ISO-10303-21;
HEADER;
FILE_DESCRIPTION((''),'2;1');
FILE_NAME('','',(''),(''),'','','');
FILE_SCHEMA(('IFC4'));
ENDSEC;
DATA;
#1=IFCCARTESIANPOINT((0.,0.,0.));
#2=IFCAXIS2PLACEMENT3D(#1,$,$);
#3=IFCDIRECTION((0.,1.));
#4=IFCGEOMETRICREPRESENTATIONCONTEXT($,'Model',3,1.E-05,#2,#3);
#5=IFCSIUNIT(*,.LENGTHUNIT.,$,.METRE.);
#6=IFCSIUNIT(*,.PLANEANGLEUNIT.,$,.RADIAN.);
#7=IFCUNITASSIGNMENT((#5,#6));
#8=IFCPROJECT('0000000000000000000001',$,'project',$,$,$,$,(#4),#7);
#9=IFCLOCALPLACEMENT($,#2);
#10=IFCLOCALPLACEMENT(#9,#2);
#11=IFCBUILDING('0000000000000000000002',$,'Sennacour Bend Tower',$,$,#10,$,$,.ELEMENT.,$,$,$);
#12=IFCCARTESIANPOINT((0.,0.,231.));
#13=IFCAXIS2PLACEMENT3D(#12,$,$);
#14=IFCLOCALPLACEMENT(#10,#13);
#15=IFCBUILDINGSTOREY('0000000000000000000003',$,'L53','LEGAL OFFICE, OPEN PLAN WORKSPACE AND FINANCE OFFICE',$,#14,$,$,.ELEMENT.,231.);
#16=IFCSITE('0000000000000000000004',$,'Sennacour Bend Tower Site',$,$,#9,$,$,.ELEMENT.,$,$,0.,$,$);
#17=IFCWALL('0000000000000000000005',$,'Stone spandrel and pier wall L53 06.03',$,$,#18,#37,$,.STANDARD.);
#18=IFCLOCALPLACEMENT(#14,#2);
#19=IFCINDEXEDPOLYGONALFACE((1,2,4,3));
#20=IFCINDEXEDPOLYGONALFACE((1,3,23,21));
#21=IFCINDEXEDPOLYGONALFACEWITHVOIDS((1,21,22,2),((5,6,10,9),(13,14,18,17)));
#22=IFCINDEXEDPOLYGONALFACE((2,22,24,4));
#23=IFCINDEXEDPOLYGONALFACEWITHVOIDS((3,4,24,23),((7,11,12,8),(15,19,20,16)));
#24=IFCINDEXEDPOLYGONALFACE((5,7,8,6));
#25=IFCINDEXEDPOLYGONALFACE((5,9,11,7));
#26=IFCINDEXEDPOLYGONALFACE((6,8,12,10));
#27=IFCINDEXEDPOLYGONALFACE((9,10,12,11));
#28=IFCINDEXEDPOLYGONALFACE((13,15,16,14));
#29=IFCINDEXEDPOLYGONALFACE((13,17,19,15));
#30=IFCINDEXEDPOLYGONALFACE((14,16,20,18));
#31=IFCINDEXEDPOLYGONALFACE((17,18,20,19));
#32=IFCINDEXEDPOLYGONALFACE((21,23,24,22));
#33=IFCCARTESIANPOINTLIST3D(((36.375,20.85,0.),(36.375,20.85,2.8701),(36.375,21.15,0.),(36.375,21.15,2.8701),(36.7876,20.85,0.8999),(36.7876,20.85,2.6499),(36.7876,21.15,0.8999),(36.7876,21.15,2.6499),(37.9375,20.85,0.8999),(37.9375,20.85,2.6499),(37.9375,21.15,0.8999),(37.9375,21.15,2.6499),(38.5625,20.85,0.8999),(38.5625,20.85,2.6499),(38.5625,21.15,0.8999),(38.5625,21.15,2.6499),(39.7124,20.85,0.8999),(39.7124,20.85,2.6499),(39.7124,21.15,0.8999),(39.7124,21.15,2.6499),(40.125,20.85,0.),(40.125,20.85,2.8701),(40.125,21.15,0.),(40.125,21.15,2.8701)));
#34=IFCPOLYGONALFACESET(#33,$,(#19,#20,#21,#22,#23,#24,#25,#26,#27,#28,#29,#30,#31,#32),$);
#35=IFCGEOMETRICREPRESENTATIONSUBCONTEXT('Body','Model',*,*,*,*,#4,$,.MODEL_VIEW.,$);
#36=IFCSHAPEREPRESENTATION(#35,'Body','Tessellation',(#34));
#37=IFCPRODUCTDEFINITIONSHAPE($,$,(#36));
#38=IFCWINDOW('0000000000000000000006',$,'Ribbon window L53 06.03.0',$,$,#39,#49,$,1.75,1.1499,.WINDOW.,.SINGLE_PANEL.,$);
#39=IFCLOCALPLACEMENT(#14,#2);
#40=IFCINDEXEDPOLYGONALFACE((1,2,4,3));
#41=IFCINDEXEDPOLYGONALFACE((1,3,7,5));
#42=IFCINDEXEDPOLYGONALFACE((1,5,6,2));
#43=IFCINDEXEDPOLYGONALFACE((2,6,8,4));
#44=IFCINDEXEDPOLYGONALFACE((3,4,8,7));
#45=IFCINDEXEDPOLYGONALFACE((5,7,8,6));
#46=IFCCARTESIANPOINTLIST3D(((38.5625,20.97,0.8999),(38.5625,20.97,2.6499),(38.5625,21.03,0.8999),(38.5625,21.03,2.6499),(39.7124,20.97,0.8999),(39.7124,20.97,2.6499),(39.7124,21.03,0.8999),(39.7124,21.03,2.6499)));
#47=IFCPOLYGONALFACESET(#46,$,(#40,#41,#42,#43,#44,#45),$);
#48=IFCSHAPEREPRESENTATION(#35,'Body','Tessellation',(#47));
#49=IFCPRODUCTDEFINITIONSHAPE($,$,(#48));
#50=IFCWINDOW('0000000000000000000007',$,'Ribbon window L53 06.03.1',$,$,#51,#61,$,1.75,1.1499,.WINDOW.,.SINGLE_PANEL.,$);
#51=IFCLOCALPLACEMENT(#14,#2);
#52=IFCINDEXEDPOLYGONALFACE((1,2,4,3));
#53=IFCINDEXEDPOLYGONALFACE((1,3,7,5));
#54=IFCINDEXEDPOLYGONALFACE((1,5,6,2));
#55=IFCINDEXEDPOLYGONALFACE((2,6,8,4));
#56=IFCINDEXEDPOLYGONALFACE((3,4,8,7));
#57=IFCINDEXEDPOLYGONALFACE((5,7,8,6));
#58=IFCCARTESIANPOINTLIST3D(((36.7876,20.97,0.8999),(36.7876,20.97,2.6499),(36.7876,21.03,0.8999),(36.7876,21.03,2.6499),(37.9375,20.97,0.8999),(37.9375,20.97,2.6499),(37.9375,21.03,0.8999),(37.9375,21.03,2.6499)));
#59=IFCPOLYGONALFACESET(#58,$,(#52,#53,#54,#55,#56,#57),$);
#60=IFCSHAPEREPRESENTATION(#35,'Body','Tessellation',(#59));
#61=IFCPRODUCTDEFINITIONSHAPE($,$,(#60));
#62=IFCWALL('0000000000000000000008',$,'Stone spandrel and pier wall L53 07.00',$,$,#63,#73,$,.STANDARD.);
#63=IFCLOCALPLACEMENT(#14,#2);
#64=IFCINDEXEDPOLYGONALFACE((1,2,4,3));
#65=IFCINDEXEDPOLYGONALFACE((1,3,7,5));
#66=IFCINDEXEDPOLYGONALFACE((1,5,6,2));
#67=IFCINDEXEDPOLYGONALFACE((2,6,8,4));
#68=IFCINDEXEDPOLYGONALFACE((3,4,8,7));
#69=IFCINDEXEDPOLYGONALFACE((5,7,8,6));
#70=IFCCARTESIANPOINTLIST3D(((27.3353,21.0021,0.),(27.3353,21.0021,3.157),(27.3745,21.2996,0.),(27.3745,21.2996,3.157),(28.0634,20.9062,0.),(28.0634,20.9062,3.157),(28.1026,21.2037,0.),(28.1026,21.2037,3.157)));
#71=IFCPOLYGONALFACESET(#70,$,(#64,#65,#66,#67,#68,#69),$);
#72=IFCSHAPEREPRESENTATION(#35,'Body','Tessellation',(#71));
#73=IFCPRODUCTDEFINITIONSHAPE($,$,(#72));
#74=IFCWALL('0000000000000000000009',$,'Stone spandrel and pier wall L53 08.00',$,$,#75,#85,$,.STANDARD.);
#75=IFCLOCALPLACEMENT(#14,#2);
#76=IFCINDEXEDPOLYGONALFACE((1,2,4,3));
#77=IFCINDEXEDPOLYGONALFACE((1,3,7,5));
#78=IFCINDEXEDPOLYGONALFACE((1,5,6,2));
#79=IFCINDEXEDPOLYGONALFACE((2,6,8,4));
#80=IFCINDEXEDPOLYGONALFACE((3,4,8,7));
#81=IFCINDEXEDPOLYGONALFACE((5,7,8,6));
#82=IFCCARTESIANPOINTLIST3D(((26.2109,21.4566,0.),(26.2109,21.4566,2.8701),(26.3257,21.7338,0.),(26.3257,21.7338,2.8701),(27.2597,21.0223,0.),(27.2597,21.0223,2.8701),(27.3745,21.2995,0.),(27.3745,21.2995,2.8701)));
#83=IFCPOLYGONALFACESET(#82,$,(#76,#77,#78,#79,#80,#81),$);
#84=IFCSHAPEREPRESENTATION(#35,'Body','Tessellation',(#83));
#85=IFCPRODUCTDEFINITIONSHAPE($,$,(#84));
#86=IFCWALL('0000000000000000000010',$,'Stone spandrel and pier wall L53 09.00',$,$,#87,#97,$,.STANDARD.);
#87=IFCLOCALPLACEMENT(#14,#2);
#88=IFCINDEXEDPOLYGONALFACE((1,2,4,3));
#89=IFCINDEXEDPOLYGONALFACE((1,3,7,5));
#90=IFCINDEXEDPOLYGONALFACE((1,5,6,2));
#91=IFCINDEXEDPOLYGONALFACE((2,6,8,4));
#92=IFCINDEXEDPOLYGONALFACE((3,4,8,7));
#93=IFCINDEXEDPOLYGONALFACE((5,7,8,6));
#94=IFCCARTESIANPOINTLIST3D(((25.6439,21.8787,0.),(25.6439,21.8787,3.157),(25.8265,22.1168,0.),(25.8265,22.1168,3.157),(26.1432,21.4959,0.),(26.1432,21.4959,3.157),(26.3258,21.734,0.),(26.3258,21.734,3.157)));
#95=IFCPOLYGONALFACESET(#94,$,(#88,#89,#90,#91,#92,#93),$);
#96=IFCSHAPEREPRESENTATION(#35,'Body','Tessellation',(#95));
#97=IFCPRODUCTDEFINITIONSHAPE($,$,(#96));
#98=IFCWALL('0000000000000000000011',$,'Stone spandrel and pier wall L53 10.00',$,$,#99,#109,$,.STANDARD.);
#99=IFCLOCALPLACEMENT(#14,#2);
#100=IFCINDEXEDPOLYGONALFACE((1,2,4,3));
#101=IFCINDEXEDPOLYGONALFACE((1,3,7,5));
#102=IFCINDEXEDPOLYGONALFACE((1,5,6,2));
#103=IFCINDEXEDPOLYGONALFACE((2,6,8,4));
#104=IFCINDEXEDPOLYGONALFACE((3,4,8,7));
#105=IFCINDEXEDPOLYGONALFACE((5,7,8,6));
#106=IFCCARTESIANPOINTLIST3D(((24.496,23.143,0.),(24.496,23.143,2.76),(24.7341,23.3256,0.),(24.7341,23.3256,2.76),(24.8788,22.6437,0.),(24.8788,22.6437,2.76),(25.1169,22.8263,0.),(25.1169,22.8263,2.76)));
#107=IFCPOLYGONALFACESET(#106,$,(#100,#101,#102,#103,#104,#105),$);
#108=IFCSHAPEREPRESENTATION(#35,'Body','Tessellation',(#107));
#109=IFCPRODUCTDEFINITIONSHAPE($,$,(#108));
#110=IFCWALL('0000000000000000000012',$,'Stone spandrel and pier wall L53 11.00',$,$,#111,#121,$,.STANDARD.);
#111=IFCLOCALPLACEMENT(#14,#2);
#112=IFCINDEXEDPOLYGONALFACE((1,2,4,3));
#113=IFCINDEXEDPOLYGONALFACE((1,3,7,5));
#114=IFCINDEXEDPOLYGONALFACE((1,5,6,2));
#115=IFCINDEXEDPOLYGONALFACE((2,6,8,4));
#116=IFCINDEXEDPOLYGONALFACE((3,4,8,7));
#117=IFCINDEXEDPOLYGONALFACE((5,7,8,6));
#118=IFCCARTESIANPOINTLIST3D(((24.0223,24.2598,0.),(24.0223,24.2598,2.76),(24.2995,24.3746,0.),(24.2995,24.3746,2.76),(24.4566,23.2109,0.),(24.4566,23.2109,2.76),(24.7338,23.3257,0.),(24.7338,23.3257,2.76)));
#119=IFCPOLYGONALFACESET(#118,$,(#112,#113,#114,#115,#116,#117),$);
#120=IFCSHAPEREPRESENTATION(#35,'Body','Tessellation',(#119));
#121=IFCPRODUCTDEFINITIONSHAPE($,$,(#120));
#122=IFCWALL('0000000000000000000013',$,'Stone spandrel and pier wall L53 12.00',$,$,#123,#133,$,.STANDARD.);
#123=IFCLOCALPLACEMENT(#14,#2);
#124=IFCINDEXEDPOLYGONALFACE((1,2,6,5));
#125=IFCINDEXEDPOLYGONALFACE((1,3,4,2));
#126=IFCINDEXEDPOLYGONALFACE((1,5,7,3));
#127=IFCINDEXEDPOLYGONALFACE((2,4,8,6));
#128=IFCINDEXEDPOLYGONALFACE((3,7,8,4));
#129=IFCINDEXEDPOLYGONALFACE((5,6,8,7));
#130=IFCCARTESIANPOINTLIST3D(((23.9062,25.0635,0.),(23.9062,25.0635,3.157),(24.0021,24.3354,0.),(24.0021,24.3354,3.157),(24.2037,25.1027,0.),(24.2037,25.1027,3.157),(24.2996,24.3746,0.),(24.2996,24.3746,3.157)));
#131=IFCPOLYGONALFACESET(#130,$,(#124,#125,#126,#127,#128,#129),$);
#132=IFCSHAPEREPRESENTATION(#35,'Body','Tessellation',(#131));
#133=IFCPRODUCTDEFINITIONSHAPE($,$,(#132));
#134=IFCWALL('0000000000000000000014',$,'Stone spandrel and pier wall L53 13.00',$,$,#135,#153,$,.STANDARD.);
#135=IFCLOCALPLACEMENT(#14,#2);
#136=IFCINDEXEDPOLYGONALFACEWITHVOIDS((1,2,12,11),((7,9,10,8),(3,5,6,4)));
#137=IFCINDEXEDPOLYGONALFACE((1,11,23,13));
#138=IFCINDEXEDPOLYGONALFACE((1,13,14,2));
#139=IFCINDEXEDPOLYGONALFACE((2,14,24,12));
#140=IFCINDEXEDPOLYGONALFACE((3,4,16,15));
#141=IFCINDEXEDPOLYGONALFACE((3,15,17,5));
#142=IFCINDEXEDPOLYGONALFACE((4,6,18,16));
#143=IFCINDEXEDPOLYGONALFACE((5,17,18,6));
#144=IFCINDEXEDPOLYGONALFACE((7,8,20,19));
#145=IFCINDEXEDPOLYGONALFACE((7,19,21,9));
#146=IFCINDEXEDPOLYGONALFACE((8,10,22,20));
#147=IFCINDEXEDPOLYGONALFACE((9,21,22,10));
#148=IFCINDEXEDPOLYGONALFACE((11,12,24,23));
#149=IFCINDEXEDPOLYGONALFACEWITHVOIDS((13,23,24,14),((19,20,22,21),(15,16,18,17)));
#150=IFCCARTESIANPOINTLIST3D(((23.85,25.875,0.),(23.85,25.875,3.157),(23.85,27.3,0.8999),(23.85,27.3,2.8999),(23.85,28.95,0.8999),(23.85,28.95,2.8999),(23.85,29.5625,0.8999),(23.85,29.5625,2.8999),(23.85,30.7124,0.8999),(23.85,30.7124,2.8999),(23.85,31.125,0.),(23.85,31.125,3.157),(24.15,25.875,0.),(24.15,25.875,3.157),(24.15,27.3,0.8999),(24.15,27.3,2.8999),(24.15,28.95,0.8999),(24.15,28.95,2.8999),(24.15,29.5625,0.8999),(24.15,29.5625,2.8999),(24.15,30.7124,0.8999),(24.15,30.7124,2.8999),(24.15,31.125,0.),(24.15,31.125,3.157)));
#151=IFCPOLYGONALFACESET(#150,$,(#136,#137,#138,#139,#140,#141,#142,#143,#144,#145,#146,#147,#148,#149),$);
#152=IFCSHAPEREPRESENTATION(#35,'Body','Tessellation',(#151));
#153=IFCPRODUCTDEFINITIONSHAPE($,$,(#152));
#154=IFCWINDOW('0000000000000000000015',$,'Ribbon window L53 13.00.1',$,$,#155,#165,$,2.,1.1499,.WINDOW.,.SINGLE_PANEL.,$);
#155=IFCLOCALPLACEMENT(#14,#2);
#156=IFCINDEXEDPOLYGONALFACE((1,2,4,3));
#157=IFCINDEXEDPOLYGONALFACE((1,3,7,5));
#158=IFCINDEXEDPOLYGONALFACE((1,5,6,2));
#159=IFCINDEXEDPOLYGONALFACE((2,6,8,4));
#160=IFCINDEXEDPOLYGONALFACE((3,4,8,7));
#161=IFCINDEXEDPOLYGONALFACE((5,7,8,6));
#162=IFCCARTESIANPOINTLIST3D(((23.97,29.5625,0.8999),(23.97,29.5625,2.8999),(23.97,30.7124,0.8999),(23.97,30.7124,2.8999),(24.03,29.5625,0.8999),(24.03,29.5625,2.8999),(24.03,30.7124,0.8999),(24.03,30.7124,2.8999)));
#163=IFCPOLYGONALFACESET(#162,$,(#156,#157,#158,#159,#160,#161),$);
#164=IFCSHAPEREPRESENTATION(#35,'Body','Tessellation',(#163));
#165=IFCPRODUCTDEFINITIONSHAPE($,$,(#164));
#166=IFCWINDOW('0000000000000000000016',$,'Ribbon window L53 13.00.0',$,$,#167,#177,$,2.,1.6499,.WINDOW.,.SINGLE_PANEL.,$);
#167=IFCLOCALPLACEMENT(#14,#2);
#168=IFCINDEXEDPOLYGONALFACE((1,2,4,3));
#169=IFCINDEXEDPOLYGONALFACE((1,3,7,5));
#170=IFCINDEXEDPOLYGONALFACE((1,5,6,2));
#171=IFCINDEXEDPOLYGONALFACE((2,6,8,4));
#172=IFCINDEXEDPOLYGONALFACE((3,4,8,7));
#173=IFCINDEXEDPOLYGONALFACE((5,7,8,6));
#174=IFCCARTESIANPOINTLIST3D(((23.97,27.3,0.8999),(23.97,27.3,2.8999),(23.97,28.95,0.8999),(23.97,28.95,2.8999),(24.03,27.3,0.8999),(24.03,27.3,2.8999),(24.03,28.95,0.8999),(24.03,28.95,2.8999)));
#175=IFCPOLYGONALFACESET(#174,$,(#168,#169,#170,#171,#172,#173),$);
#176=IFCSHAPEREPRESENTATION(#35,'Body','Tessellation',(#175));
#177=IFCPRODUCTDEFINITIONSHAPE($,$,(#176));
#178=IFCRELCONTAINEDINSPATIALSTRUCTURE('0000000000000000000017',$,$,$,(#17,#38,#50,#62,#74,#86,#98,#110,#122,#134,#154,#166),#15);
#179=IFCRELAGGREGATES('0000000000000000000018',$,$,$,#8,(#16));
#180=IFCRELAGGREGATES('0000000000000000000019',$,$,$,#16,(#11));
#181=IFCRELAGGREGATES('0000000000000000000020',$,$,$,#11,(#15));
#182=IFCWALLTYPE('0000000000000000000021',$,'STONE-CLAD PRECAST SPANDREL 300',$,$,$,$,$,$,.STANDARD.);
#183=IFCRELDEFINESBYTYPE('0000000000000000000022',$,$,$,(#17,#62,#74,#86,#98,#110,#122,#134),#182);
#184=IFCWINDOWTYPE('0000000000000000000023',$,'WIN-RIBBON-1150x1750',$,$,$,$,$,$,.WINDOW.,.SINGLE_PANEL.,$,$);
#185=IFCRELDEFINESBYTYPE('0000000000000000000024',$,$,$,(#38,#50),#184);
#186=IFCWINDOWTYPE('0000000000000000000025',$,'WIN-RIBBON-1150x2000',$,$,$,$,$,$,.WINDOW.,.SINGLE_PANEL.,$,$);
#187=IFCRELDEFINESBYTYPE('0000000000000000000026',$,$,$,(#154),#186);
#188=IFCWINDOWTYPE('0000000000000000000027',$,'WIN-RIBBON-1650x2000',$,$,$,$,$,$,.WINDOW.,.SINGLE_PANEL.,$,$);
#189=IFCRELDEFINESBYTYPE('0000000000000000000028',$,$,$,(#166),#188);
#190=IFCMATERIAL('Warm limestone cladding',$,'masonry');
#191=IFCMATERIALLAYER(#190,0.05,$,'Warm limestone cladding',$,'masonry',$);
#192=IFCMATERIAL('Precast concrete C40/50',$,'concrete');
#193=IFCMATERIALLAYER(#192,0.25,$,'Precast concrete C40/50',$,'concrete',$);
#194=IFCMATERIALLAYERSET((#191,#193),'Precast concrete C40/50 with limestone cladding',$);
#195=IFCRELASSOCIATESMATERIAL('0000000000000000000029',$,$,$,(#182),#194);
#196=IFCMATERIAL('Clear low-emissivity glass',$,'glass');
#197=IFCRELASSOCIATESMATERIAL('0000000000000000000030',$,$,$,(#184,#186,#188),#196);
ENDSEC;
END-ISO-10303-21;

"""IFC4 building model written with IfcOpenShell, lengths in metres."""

from ifc_helpers import new_model, si_unit, direction, frame, frame_2d, origin, place, context, subcontext, project, spatial, rectangle, extrude, material, layer, layer_set, type_object, element, fill, save


model = new_model("IFC4")

# Units and contexts
model_context = context("Model", 3, precision=1e-05, world=origin(), true_north=direction((0.0, 1.0)))
body_context = subcontext(model_context, "Body", "Model", "MODEL_VIEW")
ifc_project = project(units=[si_unit("LENGTHUNIT", "METRE"), si_unit("PLANEANGLEUNIT", "RADIAN")], contexts=[model_context])

# Site, building, storey
site_placement = place(None, origin())
site = spatial("IfcSite", under=ifc_project, at=site_placement, Name="Sennacour Bend Tower Site", CompositionType="ELEMENT", RefElevation=0.0)
building_placement = place(site_placement, origin())
building = spatial("IfcBuilding", under=site, at=building_placement, Name="Sennacour Bend Tower", CompositionType="ELEMENT")
storey_placement = place(building_placement, frame((0.0, 0.0, 231.0)))
storey = spatial("IfcBuildingStorey", under=building, at=storey_placement, Name="L53", Description="LEGAL OFFICE, OPEN PLAN WORKSPACE AND FINANCE OFFICE", CompositionType="ELEMENT", Elevation=231.0)

# Wall, openings, windows
ifc_material_1 = material(Name="Warm limestone cladding", Category="masonry")
ifc_layer_1 = layer(ifc_material_1, 0.05, Name="Warm limestone cladding", Category="masonry")
ifc_material_2 = material(Name="Precast concrete C40/50", Category="concrete")
ifc_layer_2 = layer(ifc_material_2, 0.25, Name="Precast concrete C40/50", Category="concrete")
ifc_layer_set = layer_set([ifc_layer_1, ifc_layer_2], Name="Precast concrete C40/50 with limestone cladding")
wall_type = type_object("IfcWallType", Name="STONE-CLAD PRECAST SPANDREL 300", PredefinedType="STANDARD", material=ifc_layer_set)
wall_1_placement = place(storey_placement, frame((40.125, 21.0, 0.0), z_axis=(0.0, 0.0, 1.0), x_axis=(-1.0, 0.0, 0.0)))
wall_1 = element("IfcWall", 1, at=wall_1_placement, inside=storey, type_object=wall_type, Name="Stone spandrel and pier wall L53 06.03", PredefinedType="STANDARD", context=body_context, shape_type="SweptSolid", body=[
    extrude(rectangle(XDim=3.75, YDim=0.3, at=frame_2d((1.875, 0.0))), origin(), (0.0, 0.0, 1.0), 2.8701),
])
opening_1_placement = place(wall_1_placement, frame((0.4126, 0.0, 0.8999)))
opening_1 = element("IfcOpeningElement", 2, at=opening_1_placement, cuts=wall_1, PredefinedType="OPENING", context=body_context, shape_type="SweptSolid", body=[
    extrude(rectangle(XDim=1.1499, YDim=1.75, at=frame_2d((0.575, 0.875))), frame((0.0, 0.1602, 0.0), z_axis=(0.0, -1.0, 0.0), x_axis=(1.0, 0.0, 0.0)), (0.0, 0.0, 1.0), 0.3201),
])
opening_2_placement = place(wall_1_placement, frame((2.1875, 0.0, 0.8999)))
opening_2 = element("IfcOpeningElement", 3, at=opening_2_placement, cuts=wall_1, PredefinedType="OPENING", context=body_context, shape_type="SweptSolid", body=[
    extrude(rectangle(XDim=1.1499, YDim=1.75, at=frame_2d((0.575, 0.875))), frame((0.0, 0.1602, 0.0), z_axis=(0.0, -1.0, 0.0), x_axis=(1.0, 0.0, 0.0)), (0.0, 0.0, 1.0), 0.3201),
])
ifc_material_3 = material(Name="Clear low-emissivity glass", Category="glass")
window_type_1 = type_object("IfcWindowType", Name="WIN-RIBBON-1150x1750", PartitioningType="SINGLE_PANEL", PredefinedType="WINDOW", material=ifc_material_3)
window_1_placement = place(opening_1_placement, origin())
window_1 = element("IfcWindow", 4, at=window_1_placement, inside=storey, type_object=window_type_1, Name="Ribbon window L53 06.03.0", OverallHeight=1.75, OverallWidth=1.1499, PartitioningType="SINGLE_PANEL", PredefinedType="WINDOW", context=body_context, shape_type="SweptSolid", body=[
    extrude(rectangle(XDim=1.1499, YDim=1.75, at=frame_2d((0.575, 0.875))), frame((0.0, 0.03, 0.0), z_axis=(0.0, -1.0, 0.0), x_axis=(1.0, 0.0, 0.0)), (0.0, 0.0, 1.0), 0.0601),
])
fill(opening_1, window_1)
window_2_placement = place(opening_2_placement, origin())
window_2 = element("IfcWindow", 5, at=window_2_placement, inside=storey, type_object=window_type_1, Name="Ribbon window L53 06.03.1", OverallHeight=1.75, OverallWidth=1.1499, PartitioningType="SINGLE_PANEL", PredefinedType="WINDOW", context=body_context, shape_type="SweptSolid", body=[
    extrude(rectangle(XDim=1.1499, YDim=1.75, at=frame_2d((0.575, 0.875))), frame((0.0, 0.03, 0.0), z_axis=(0.0, -1.0, 0.0), x_axis=(1.0, 0.0, 0.0)), (0.0, 0.0, 1.0), 0.0601),
])
fill(opening_2, window_2)

# Walls
wall_2_placement = place(storey_placement, frame((28.083, 21.0549, 0.0), z_axis=(0.0, 0.0, 1.0), x_axis=(-0.991427, 0.130661, 0.0)))
element("IfcWall", 6, at=wall_2_placement, inside=storey, type_object=wall_type, Name="Stone spandrel and pier wall L53 07.00", PredefinedType="STANDARD", context=body_context, shape_type="SweptSolid", body=[
    extrude(rectangle(XDim=0.7344, YDim=0.3, at=frame_2d((0.3672, 0.0))), origin(), (0.0, 0.0, 1.0), 3.157),
])
wall_3_placement = place(storey_placement, frame((27.3171, 21.1609, 0.0), z_axis=(0.0, 0.0, 1.0), x_axis=(-0.923915, 0.382599, 0.0)))
element("IfcWall", 7, at=wall_3_placement, inside=storey, type_object=wall_type, Name="Stone spandrel and pier wall L53 08.00", PredefinedType="STANDARD", context=body_context, shape_type="SweptSolid", body=[
    extrude(rectangle(XDim=1.1353, YDim=0.3, at=frame_2d((0.5676, 0.0))), origin(), (0.0, 0.0, 1.0), 2.8701),
])
wall_4_placement = place(storey_placement, frame((26.2344, 21.615, 0.0), z_axis=(0.0, 0.0, 1.0), x_axis=(-0.793575, 0.608472, 0.0)))
element("IfcWall", 8, at=wall_4_placement, inside=storey, type_object=wall_type, Name="Stone spandrel and pier wall L53 09.00", PredefinedType="STANDARD", context=body_context, shape_type="SweptSolid", body=[
    extrude(rectangle(XDim=0.6292, YDim=0.3, at=frame_2d((0.3145, 0.0))), origin(), (0.0, 0.0, 1.0), 3.157),
])
wall_5_placement = place(storey_placement, frame((24.9978, 22.7351, 0.0), z_axis=(0.0, 0.0, 1.0), x_axis=(-0.608472, 0.793575, 0.0)))
element("IfcWall", 9, at=wall_5_placement, inside=storey, type_object=wall_type, Name="Stone spandrel and pier wall L53 10.00", PredefinedType="STANDARD", context=body_context, shape_type="SweptSolid", body=[
    extrude(rectangle(XDim=0.6292, YDim=0.3, at=frame_2d((0.3145, 0.0))), origin(), (0.0, 0.0, 1.0), 2.76),
])
wall_6_placement = place(storey_placement, frame((24.5952, 23.2683, 0.0), z_axis=(0.0, 0.0, 1.0), x_axis=(-0.382599, 0.923915, 0.0)))
element("IfcWall", 10, at=wall_6_placement, inside=storey, type_object=wall_type, Name="Stone spandrel and pier wall L53 11.00", PredefinedType="STANDARD", context=body_context, shape_type="SweptSolid", body=[
    extrude(rectangle(XDim=1.1353, YDim=0.3, at=frame_2d((0.5676, 0.0))), origin(), (0.0, 0.0, 1.0), 2.76),
])
wall_7_placement = place(storey_placement, frame((24.1509, 24.355, 0.0), z_axis=(0.0, 0.0, 1.0), x_axis=(-0.130661, 0.991427, 0.0)))
element("IfcWall", 11, at=wall_7_placement, inside=storey, type_object=wall_type, Name="Stone spandrel and pier wall L53 12.00", PredefinedType="STANDARD", context=body_context, shape_type="SweptSolid", body=[
    extrude(rectangle(XDim=0.7344, YDim=0.3, at=frame_2d((0.3672, 0.0))), origin(), (0.0, 0.0, 1.0), 3.157),
])

# Wall, openings, windows
wall_8_placement = place(storey_placement, frame((24.0, 25.875, 0.0), z_axis=(0.0, 0.0, 1.0), x_axis=(0.0, 1.0, 0.0)))
wall_8 = element("IfcWall", 12, at=wall_8_placement, inside=storey, type_object=wall_type, Name="Stone spandrel and pier wall L53 13.00", PredefinedType="STANDARD", context=body_context, shape_type="SweptSolid", body=[
    extrude(rectangle(XDim=5.25, YDim=0.3, at=frame_2d((2.625, 0.0))), origin(), (0.0, 0.0, 1.0), 3.157),
])
opening_3_placement = place(wall_8_placement, frame((1.425, 0.0, 0.8999)))
opening_3 = element("IfcOpeningElement", 13, at=opening_3_placement, cuts=wall_8, PredefinedType="OPENING", context=body_context, shape_type="SweptSolid", body=[
    extrude(rectangle(XDim=1.6499, YDim=2.0, at=frame_2d((0.825, 1.0))), frame((0.0, 0.1602, 0.0), z_axis=(0.0, -1.0, 0.0), x_axis=(1.0, 0.0, 0.0)), (0.0, 0.0, 1.0), 0.3201),
])
opening_4_placement = place(wall_8_placement, frame((3.6875, 0.0, 0.8999)))
opening_4 = element("IfcOpeningElement", 14, at=opening_4_placement, cuts=wall_8, PredefinedType="OPENING", context=body_context, shape_type="SweptSolid", body=[
    extrude(rectangle(XDim=1.1499, YDim=2.0, at=frame_2d((0.575, 1.0))), frame((0.0, 0.1602, 0.0), z_axis=(0.0, -1.0, 0.0), x_axis=(1.0, 0.0, 0.0)), (0.0, 0.0, 1.0), 0.3201),
])
window_type_2 = type_object("IfcWindowType", Name="WIN-RIBBON-1150x2000", PartitioningType="SINGLE_PANEL", PredefinedType="WINDOW", material=ifc_material_3)
window_3_placement = place(opening_4_placement, origin())
window_3 = element("IfcWindow", 15, at=window_3_placement, inside=storey, type_object=window_type_2, Name="Ribbon window L53 13.00.1", OverallHeight=2.0, OverallWidth=1.1499, PartitioningType="SINGLE_PANEL", PredefinedType="WINDOW", context=body_context, shape_type="SweptSolid", body=[
    extrude(rectangle(XDim=1.1499, YDim=2.0, at=frame_2d((0.575, 1.0))), frame((0.0, 0.03, 0.0), z_axis=(0.0, -1.0, 0.0), x_axis=(1.0, 0.0, 0.0)), (0.0, 0.0, 1.0), 0.0601),
])
fill(opening_4, window_3)
window_type_3 = type_object("IfcWindowType", Name="WIN-RIBBON-1650x2000", PartitioningType="SINGLE_PANEL", PredefinedType="WINDOW", material=ifc_material_3)
window_4_placement = place(opening_3_placement, origin())
window_4 = element("IfcWindow", 16, at=window_4_placement, inside=storey, type_object=window_type_3, Name="Ribbon window L53 13.00.0", OverallHeight=2.0, OverallWidth=1.6499, PartitioningType="SINGLE_PANEL", PredefinedType="WINDOW", context=body_context, shape_type="SweptSolid", body=[
    extrude(rectangle(XDim=1.6499, YDim=2.0, at=frame_2d((0.825, 1.0))), frame((0.0, 0.03, 0.0), z_axis=(0.0, -1.0, 0.0), x_axis=(1.0, 0.0, 0.0)), (0.0, 0.0, 1.0), 0.0601),
])
fill(opening_3, window_4)

save(model, "model.ifc")
